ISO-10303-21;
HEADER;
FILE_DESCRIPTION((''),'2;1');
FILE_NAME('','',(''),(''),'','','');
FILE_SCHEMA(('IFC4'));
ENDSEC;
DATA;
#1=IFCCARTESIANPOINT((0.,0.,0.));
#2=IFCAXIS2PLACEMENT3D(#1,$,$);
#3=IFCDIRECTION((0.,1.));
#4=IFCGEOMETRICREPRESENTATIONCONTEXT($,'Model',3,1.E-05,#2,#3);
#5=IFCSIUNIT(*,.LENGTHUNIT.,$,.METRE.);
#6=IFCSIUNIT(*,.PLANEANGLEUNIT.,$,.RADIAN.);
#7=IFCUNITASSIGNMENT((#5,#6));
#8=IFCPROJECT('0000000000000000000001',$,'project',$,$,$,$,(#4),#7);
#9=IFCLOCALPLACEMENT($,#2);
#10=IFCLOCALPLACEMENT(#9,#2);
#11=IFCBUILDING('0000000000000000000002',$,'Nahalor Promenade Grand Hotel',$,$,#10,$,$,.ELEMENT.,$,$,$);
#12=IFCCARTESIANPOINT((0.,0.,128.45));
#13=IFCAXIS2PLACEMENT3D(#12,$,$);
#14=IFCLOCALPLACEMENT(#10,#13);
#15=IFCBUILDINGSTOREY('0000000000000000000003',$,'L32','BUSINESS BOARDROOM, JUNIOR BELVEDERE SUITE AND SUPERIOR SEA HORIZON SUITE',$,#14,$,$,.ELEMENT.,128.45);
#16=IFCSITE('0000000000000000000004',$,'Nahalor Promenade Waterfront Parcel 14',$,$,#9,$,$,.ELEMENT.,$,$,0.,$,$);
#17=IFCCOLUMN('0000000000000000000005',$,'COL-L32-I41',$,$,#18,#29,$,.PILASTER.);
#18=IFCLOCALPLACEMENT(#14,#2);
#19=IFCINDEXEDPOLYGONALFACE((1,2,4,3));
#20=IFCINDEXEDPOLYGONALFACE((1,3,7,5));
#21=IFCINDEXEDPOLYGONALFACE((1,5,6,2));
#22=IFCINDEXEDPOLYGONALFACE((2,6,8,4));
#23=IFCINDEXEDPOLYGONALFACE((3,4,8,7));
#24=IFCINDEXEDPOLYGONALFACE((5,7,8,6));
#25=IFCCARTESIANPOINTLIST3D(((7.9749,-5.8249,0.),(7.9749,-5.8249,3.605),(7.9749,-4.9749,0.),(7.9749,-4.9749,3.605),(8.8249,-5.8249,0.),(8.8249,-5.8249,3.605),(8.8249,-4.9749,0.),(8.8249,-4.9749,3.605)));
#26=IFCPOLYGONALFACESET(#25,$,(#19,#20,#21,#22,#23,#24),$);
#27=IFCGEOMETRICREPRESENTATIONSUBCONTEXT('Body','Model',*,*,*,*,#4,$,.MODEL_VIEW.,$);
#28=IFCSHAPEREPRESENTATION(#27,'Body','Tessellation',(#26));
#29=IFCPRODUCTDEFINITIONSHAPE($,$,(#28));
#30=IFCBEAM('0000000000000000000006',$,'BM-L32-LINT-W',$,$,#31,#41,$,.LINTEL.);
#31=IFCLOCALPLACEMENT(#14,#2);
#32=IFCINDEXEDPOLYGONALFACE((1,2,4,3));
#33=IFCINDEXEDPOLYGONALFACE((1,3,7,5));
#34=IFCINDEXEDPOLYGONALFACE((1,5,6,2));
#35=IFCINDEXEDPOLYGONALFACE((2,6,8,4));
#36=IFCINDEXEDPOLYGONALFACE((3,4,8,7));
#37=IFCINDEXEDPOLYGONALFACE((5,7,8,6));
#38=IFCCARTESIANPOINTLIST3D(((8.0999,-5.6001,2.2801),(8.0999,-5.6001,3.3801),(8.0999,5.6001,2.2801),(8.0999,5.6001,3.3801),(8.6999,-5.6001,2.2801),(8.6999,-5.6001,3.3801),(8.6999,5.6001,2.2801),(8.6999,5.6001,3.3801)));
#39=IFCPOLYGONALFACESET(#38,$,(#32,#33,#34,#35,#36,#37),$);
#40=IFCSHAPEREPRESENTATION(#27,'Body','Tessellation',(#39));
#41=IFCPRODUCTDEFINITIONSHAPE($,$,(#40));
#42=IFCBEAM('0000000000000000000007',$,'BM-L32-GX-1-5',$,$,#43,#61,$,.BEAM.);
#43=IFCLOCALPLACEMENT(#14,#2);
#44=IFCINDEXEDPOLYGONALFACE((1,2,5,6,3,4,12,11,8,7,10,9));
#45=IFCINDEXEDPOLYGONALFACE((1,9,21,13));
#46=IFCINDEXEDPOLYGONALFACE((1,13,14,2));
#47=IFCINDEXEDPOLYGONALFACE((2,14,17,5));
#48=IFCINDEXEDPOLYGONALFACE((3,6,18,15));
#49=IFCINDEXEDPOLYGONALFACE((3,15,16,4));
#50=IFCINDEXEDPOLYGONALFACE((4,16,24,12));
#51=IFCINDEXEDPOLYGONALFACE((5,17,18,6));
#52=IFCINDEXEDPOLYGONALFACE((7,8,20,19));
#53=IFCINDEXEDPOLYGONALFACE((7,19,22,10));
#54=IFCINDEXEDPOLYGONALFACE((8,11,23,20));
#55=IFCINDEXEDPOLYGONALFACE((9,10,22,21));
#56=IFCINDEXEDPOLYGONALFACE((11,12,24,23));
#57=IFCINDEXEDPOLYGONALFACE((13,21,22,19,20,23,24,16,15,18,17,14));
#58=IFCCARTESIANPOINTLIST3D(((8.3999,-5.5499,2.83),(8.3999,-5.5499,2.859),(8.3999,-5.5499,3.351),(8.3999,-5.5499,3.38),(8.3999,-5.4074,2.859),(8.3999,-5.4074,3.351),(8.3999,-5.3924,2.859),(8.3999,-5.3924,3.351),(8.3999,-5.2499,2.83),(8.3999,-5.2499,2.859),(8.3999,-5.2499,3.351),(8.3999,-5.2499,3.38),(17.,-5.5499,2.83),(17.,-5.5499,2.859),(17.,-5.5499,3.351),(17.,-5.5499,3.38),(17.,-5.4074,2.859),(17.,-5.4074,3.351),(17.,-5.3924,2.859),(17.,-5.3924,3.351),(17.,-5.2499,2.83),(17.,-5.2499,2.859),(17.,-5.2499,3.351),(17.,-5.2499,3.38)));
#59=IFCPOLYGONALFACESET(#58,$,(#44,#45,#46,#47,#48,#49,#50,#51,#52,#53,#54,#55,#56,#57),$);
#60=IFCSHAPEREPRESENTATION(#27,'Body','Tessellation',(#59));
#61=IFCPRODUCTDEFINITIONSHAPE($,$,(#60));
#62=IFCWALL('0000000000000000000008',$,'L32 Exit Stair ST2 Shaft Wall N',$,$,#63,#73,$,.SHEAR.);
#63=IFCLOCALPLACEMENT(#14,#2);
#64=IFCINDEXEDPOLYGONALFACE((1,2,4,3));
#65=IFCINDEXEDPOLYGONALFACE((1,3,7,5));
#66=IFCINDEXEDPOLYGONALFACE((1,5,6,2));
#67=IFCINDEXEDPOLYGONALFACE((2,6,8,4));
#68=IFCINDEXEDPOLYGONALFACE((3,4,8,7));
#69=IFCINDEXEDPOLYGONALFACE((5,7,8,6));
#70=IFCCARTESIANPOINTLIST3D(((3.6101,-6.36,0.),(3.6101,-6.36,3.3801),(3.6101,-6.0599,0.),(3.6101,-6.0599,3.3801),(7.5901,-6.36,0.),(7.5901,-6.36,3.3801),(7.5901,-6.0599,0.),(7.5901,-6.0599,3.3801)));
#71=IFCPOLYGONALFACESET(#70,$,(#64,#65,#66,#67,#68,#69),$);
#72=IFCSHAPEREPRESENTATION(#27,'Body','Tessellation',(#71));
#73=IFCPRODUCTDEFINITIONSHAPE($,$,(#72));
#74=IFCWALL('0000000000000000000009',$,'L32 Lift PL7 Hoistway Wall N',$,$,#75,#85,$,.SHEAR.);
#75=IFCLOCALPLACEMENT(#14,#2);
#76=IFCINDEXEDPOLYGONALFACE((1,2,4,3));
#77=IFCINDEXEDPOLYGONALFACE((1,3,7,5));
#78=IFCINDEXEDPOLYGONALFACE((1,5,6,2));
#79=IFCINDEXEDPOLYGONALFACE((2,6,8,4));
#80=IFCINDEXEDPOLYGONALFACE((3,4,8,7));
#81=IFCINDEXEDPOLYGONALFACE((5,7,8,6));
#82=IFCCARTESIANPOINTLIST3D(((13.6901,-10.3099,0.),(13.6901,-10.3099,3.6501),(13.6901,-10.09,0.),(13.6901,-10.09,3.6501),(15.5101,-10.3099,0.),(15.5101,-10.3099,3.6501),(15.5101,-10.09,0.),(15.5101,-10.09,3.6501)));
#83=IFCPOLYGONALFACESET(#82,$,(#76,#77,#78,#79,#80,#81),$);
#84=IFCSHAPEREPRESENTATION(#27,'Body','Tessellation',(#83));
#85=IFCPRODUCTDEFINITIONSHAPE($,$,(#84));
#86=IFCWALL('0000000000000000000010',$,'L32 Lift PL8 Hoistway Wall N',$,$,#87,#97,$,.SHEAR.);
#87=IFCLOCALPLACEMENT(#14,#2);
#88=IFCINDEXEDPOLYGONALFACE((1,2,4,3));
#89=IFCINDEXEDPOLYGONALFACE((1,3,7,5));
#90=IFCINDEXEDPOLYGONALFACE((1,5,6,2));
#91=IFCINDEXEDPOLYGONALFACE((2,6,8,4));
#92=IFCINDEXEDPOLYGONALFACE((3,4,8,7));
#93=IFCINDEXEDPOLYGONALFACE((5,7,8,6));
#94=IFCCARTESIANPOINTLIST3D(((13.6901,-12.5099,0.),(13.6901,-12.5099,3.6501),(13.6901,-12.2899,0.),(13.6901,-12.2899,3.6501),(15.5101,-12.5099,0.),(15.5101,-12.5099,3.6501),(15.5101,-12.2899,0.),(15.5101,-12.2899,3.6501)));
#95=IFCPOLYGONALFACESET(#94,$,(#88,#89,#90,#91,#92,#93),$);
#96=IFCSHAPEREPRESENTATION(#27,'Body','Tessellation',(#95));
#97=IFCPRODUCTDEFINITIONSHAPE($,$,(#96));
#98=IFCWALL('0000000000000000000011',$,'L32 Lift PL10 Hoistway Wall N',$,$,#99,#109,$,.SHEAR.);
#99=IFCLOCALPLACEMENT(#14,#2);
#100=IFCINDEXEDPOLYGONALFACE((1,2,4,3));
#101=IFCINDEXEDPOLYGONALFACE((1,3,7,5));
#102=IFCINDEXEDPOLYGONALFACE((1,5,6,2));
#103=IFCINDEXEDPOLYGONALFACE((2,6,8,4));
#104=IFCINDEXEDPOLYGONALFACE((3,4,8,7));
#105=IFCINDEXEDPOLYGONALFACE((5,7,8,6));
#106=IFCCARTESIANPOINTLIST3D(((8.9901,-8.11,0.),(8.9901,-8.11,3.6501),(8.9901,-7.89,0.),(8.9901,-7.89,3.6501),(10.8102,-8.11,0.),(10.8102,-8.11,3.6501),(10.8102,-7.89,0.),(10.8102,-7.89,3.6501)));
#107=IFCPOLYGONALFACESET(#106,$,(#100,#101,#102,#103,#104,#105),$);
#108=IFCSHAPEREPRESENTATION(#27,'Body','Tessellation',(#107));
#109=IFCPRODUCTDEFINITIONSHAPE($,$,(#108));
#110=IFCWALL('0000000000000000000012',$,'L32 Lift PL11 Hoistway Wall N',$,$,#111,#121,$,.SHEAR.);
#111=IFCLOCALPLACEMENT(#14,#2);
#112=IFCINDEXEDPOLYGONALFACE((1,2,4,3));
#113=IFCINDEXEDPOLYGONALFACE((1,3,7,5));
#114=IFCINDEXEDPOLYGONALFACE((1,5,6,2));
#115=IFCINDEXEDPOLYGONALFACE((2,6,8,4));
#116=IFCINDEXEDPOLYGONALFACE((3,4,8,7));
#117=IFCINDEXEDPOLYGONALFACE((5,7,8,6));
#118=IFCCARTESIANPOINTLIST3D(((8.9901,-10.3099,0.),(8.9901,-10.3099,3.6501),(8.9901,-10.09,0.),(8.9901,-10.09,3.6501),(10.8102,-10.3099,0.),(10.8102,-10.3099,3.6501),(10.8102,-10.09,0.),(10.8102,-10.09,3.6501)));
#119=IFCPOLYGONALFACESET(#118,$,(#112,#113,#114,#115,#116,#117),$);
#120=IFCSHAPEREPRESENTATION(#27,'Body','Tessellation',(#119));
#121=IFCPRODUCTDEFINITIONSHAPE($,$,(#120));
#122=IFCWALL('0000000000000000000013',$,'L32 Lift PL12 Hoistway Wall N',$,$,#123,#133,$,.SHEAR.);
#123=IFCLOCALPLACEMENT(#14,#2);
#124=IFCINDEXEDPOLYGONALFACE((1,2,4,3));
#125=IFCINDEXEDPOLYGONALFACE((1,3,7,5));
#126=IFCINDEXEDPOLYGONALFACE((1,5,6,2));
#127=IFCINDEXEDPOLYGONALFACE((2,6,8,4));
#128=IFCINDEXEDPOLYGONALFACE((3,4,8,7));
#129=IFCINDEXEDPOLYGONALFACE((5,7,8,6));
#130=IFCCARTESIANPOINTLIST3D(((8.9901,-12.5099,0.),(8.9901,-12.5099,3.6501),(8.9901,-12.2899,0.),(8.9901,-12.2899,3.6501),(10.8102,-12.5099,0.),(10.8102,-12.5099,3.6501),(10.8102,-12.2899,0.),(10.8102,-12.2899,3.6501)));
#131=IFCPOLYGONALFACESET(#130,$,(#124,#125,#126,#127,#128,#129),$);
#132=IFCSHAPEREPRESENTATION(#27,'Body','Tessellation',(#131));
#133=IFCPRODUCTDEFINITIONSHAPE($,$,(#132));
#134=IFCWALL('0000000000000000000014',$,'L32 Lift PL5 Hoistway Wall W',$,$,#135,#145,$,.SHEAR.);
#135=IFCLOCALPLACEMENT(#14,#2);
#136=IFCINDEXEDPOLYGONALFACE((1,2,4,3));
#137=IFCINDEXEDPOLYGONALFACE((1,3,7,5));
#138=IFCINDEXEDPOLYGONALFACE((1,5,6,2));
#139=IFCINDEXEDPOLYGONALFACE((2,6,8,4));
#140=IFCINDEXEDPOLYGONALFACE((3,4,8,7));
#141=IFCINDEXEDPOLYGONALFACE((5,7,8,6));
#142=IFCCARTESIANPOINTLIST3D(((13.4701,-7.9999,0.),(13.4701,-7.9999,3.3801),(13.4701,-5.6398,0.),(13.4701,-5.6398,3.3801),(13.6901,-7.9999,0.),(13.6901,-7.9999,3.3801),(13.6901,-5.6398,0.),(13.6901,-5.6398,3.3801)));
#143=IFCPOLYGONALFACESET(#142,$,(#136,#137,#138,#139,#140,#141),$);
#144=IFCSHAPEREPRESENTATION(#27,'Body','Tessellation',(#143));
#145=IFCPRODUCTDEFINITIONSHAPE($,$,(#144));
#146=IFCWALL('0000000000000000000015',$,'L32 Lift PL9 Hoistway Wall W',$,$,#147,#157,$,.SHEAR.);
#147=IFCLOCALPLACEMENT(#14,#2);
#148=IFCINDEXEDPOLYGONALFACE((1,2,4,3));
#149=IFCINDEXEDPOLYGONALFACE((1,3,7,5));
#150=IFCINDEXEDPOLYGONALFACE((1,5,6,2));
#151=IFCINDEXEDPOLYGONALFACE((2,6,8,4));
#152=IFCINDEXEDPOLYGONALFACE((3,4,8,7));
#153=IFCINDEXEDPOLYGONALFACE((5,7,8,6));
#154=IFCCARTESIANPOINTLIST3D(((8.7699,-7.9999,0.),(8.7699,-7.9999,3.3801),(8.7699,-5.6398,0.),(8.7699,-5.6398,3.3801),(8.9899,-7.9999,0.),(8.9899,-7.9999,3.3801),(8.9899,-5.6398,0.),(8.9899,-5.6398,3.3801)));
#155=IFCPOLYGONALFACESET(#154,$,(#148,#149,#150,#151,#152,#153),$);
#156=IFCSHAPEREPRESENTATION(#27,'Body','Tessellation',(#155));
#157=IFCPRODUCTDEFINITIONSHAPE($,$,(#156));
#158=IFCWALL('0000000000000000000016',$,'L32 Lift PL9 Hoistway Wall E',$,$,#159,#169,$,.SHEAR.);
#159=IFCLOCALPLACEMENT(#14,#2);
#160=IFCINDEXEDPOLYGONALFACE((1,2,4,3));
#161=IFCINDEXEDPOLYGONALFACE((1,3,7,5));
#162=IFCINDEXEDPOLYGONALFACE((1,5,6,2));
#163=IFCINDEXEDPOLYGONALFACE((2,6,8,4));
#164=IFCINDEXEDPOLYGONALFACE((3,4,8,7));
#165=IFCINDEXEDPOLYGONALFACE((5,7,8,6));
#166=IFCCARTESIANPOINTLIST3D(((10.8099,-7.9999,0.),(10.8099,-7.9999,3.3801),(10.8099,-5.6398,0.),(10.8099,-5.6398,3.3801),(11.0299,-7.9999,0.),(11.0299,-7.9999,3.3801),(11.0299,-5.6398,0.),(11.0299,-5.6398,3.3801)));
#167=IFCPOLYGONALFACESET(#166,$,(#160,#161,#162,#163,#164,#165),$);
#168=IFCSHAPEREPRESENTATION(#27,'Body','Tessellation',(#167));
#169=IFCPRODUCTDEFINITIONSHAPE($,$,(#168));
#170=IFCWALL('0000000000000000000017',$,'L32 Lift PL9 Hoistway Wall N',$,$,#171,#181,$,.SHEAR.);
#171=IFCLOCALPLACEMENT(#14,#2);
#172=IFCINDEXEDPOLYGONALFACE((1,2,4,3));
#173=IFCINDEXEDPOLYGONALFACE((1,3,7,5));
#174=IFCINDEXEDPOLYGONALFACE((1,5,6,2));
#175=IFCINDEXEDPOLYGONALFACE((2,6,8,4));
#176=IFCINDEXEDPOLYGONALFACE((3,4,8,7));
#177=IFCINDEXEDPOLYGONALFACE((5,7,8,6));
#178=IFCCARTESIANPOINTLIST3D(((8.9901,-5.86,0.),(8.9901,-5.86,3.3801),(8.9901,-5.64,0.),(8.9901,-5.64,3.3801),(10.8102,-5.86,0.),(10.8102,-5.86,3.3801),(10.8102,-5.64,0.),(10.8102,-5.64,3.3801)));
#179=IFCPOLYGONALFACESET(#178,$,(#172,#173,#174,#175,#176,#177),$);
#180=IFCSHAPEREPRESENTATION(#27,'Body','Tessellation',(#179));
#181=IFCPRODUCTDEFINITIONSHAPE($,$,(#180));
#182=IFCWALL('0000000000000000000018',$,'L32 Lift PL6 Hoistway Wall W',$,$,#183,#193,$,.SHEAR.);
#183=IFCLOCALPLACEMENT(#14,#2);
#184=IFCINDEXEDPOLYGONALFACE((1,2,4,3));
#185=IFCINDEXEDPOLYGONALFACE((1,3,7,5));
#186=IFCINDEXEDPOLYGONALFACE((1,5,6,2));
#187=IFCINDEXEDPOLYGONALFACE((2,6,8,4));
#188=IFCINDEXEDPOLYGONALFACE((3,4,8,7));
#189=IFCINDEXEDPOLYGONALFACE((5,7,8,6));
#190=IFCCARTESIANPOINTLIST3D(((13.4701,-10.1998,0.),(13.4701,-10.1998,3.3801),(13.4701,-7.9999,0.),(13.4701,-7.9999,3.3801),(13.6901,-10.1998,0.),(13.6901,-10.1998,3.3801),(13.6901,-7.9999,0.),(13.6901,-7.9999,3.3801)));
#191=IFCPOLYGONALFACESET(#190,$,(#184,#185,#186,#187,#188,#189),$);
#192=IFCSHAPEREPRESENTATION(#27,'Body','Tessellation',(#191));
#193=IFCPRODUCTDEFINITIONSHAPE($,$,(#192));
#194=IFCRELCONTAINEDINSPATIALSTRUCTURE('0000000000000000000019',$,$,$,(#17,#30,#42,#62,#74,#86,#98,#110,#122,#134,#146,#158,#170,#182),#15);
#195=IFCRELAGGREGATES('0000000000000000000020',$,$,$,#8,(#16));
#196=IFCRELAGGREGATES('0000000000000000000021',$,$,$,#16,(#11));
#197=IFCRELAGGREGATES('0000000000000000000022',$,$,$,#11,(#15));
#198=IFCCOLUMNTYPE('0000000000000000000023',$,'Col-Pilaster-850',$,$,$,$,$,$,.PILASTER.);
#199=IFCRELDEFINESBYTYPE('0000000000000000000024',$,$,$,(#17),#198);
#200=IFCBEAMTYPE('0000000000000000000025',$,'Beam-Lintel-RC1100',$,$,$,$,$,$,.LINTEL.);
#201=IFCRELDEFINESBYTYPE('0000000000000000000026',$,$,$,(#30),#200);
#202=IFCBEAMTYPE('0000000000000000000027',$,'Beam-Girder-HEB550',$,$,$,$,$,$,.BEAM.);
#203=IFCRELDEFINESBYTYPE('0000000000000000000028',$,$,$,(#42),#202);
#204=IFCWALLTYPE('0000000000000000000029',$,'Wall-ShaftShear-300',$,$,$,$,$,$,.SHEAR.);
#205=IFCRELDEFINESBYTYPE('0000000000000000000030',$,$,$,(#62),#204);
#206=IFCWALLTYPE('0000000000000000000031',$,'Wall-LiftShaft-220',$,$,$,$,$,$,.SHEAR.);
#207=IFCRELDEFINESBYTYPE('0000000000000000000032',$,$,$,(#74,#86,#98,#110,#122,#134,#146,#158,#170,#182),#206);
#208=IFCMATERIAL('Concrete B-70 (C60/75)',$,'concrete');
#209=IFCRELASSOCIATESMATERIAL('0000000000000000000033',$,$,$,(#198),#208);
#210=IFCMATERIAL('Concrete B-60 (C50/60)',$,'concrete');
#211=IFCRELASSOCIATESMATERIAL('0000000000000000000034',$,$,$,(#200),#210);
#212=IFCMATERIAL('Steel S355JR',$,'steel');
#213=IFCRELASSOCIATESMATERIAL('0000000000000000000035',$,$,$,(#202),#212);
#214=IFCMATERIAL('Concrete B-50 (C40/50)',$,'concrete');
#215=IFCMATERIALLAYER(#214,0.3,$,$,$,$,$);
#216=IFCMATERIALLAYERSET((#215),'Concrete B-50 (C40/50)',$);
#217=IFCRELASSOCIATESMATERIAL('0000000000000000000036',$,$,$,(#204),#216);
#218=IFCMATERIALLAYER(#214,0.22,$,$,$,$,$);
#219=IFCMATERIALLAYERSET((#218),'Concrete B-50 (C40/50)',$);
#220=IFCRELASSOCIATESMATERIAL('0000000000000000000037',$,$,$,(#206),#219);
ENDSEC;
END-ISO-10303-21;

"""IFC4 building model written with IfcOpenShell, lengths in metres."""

from ifc_helpers import new_model, si_unit, direction, frame, frame_2d, origin, origin_2d, place, context, subcontext, project, spatial, rectangle, i_section, extrude, source, transform, mapped, material, layer, layer_set, material_profile, profile_set, type_object, element, save


model = new_model("IFC4")

# Units and contexts
model_context = context("Model", 3, precision=1e-05, world=origin(), true_north=direction((0.0, 1.0)))
body_context = subcontext(model_context, "Body", "Model", "MODEL_VIEW")
ifc_project = project(units=[si_unit("LENGTHUNIT", "METRE"), si_unit("PLANEANGLEUNIT", "RADIAN")], contexts=[model_context])

# Site, building, storey
site_placement = place(None, origin())
site = spatial("IfcSite", under=ifc_project, at=site_placement, Name="Nahalor Promenade Waterfront Parcel 14", CompositionType="ELEMENT", RefElevation=0.0)
building_placement = place(site_placement, origin())
building = spatial("IfcBuilding", under=site, at=building_placement, Name="Nahalor Promenade Grand Hotel", CompositionType="ELEMENT")
storey_placement = place(building_placement, frame((0.0, 0.0, 128.45)))
storey = spatial("IfcBuildingStorey", under=building, at=storey_placement, Name="L32", Description="BUSINESS BOARDROOM, JUNIOR BELVEDERE SUITE AND SUPERIOR SEA HORIZON SUITE", CompositionType="ELEMENT", Elevation=128.45)

# Column
ifc_material_1 = material(Name="Concrete B-70 (C60/75)", Category="concrete")
ifc_material_profile_1 = material_profile(ifc_material_1, rectangle(XDim=0.85, YDim=0.85, at=origin_2d()), Name="RC 850x850")
ifc_profile_set_1 = profile_set([ifc_material_profile_1], Name="Concrete B-70 (C60/75)")
column_type = type_object("IfcColumnType", Name="Col-Pilaster-850", PredefinedType="PILASTER", material=ifc_profile_set_1)
shared_shape_1 = source(origin(), body_context, "Body", "SweptSolid", [
    extrude(rectangle(XDim=0.85, YDim=0.85, at=origin_2d()), origin(), (0.0, 0.0, 1.0), 3.605),
])
column_placement = place(storey_placement, frame((8.3999, -5.3999, 0.0), z_axis=(0.0, 0.0, 1.0), x_axis=(1.0, 0.0, 0.0)))
element("IfcColumn", 1, at=column_placement, inside=storey, type_object=column_type, Name="COL-L32-I41", PredefinedType="PILASTER", context=body_context, shape_type="MappedRepresentation", body=[
    mapped(shared_shape_1, transform((0.0, 0.0, 0.0), scale=1.0)),
])

# Beams
ifc_material_2 = material(Name="Concrete B-60 (C50/60)", Category="concrete")
ifc_material_profile_2 = material_profile(ifc_material_2, rectangle(XDim=0.6, YDim=1.1, at=origin_2d()), Name="RC 600x1100")
ifc_profile_set_2 = profile_set([ifc_material_profile_2], Name="Concrete B-60 (C50/60)")
beam_type_1 = type_object("IfcBeamType", Name="Beam-Lintel-RC1100", PredefinedType="LINTEL", material=ifc_profile_set_2)
shared_shape_2 = source(origin(), body_context, "Body", "SweptSolid", [
    extrude(rectangle(XDim=0.6, YDim=1.1, at=origin_2d()), origin(), (0.0, 0.0, 1.0), 11.2002),
])
beam_1_placement = place(storey_placement, frame((8.3999, -5.6001, 2.8301), z_axis=(0.0, 1.0, 0.0), x_axis=(-1.0, 0.0, 0.0)))
element("IfcBeam", 2, at=beam_1_placement, inside=storey, type_object=beam_type_1, Name="BM-L32-LINT-W", PredefinedType="LINTEL", context=body_context, shape_type="MappedRepresentation", body=[
    mapped(shared_shape_2, transform((0.0, 0.0, 0.0), scale=1.0)),
])
ifc_material_3 = material(Name="Steel S355JR", Category="steel")
ifc_material_profile_3 = material_profile(ifc_material_3, i_section(OverallWidth=0.3, OverallDepth=0.55, WebThickness=0.015, FlangeThickness=0.029, at=origin_2d()), Name="HEB 550")
ifc_profile_set_3 = profile_set([ifc_material_profile_3], Name="Steel S355JR")
beam_type_2 = type_object("IfcBeamType", Name="Beam-Girder-HEB550", PredefinedType="BEAM", material=ifc_profile_set_3)
shared_shape_3 = source(origin(), body_context, "Body", "SweptSolid", [
    extrude(i_section(OverallWidth=0.3, OverallDepth=0.55, WebThickness=0.015, FlangeThickness=0.029, at=origin_2d()), origin(), (0.0, 0.0, 1.0), 8.6001),
])
beam_2_placement = place(storey_placement, frame((8.3999, -5.3999, 3.105), z_axis=(1.0, 0.0, 0.0), x_axis=(0.0, 1.0, 0.0)))
element("IfcBeam", 3, at=beam_2_placement, inside=storey, type_object=beam_type_2, Name="BM-L32-GX-1-5", PredefinedType="BEAM", context=body_context, shape_type="MappedRepresentation", body=[
    mapped(shared_shape_3, transform((0.0, 0.0, 0.0), scale=1.0)),
])

# Walls
ifc_material_4 = material(Name="Concrete B-50 (C40/50)", Category="concrete")
ifc_layer_1 = layer(ifc_material_4, 0.3)
ifc_layer_set_1 = layer_set([ifc_layer_1], Name="Concrete B-50 (C40/50)")
wall_type_1 = type_object("IfcWallType", Name="Wall-ShaftShear-300", PredefinedType="SHEAR", material=ifc_layer_set_1)
shared_shape_4 = source(origin(), body_context, "Body", "SweptSolid", [
    extrude(rectangle(XDim=3.98, YDim=0.3, at=frame_2d((1.99, 0.0))), origin(), (0.0, 0.0, 1.0), 3.3801),
])
wall_1_placement = place(storey_placement, frame((3.6101, -6.21, 0.0), z_axis=(0.0, 0.0, 1.0), x_axis=(1.0, 0.0, 0.0)))
element("IfcWall", 4, at=wall_1_placement, inside=storey, type_object=wall_type_1, Name="L32 Exit Stair ST2 Shaft Wall N", PredefinedType="SHEAR", context=body_context, shape_type="MappedRepresentation", body=[
    mapped(shared_shape_4, transform((0.0, 0.0, 0.0), scale=1.0)),
])
ifc_layer_2 = layer(ifc_material_4, 0.22)
ifc_layer_set_2 = layer_set([ifc_layer_2], Name="Concrete B-50 (C40/50)")
wall_type_2 = type_object("IfcWallType", Name="Wall-LiftShaft-220", PredefinedType="SHEAR", material=ifc_layer_set_2)
shared_shape_5 = source(origin(), body_context, "Body", "SweptSolid", [
    extrude(rectangle(XDim=1.8201, YDim=0.22, at=frame_2d((0.9102, 0.0))), origin(), (0.0, 0.0, 1.0), 3.6501),
])
for number, where, z_axis, x_axis, name in (
    (5, (13.6899, -10.2, 0.0), (0.0, 0.0, 1.0), (1.0, 0.0, 0.0), "L32 Lift PL7 Hoistway Wall N"),
    (6, (13.6899, -12.3999, 0.0), (0.0, 0.0, 1.0), (1.0, 0.0, 0.0), "L32 Lift PL8 Hoistway Wall N"),
    (7, (8.99, -8.0, 0.0), (0.0, 0.0, 1.0), (1.0, 0.0, 0.0), "L32 Lift PL10 Hoistway Wall N"),
    (8, (8.99, -10.2, 0.0), (0.0, 0.0, 1.0), (1.0, 0.0, 0.0), "L32 Lift PL11 Hoistway Wall N"),
    (9, (8.99, -12.3999, 0.0), (0.0, 0.0, 1.0), (1.0, 0.0, 0.0), "L32 Lift PL12 Hoistway Wall N"),
):
    element("IfcWall", number, at=place(storey_placement, frame(where, z_axis=z_axis, x_axis=x_axis)), inside=storey, type_object=wall_type_2, Name=name, PredefinedType="SHEAR", context=body_context, shape_type="MappedRepresentation", body=[
        mapped(shared_shape_5, transform((0.0, 0.0, 0.0), scale=1.0)),
    ])
shared_shape_6 = source(origin(), body_context, "Body", "SweptSolid", [
    extrude(rectangle(XDim=2.3601, YDim=0.22, at=frame_2d((1.1802, 0.0))), origin(), (0.0, 0.0, 1.0), 3.3801),
])
for number, where, z_axis, x_axis, name in (
    (10, (13.5801, -8.0, 0.0), (0.0, 0.0, 1.0), (0.0, 1.0, 0.0), "L32 Lift PL5 Hoistway Wall W"),
    (11, (8.8799, -8.0, 0.0), (0.0, 0.0, 1.0), (0.0, 1.0, 0.0), "L32 Lift PL9 Hoistway Wall W"),
    (12, (10.9199, -8.0, 0.0), (0.0, 0.0, 1.0), (0.0, 1.0, 0.0), "L32 Lift PL9 Hoistway Wall E"),
):
    element("IfcWall", number, at=place(storey_placement, frame(where, z_axis=z_axis, x_axis=x_axis)), inside=storey, type_object=wall_type_2, Name=name, PredefinedType="SHEAR", context=body_context, shape_type="MappedRepresentation", body=[
        mapped(shared_shape_6, transform((0.0, 0.0, 0.0), scale=1.0)),
    ])
shared_shape_7 = source(origin(), body_context, "Body", "SweptSolid", [
    extrude(rectangle(XDim=1.8201, YDim=0.22, at=frame_2d((0.9102, 0.0))), origin(), (0.0, 0.0, 1.0), 3.3801),
])
wall_2_placement = place(storey_placement, frame((8.99, -5.75, 0.0), z_axis=(0.0, 0.0, 1.0), x_axis=(1.0, 0.0, 0.0)))
element("IfcWall", 13, at=wall_2_placement, inside=storey, type_object=wall_type_2, Name="L32 Lift PL9 Hoistway Wall N", PredefinedType="SHEAR", context=body_context, shape_type="MappedRepresentation", body=[
    mapped(shared_shape_7, transform((0.0, 0.0, 0.0), scale=1.0)),
])
shared_shape_8 = source(origin(), body_context, "Body", "SweptSolid", [
    extrude(rectangle(XDim=2.2, YDim=0.22, at=frame_2d((1.1001, 0.0))), origin(), (0.0, 0.0, 1.0), 3.3801),
])
for number, where, z_axis, x_axis, name in (
    (14, (13.5801, -10.2, 0.0), (0.0, 0.0, 1.0), (0.0, 1.0, 0.0), "L32 Lift PL6 Hoistway Wall W"),
):
    element("IfcWall", number, at=place(storey_placement, frame(where, z_axis=z_axis, x_axis=x_axis)), inside=storey, type_object=wall_type_2, Name=name, PredefinedType="SHEAR", context=body_context, shape_type="MappedRepresentation", body=[
        mapped(shared_shape_8, transform((0.0, 0.0, 0.0), scale=1.0)),
    ])

save(model, "model.ifc")
